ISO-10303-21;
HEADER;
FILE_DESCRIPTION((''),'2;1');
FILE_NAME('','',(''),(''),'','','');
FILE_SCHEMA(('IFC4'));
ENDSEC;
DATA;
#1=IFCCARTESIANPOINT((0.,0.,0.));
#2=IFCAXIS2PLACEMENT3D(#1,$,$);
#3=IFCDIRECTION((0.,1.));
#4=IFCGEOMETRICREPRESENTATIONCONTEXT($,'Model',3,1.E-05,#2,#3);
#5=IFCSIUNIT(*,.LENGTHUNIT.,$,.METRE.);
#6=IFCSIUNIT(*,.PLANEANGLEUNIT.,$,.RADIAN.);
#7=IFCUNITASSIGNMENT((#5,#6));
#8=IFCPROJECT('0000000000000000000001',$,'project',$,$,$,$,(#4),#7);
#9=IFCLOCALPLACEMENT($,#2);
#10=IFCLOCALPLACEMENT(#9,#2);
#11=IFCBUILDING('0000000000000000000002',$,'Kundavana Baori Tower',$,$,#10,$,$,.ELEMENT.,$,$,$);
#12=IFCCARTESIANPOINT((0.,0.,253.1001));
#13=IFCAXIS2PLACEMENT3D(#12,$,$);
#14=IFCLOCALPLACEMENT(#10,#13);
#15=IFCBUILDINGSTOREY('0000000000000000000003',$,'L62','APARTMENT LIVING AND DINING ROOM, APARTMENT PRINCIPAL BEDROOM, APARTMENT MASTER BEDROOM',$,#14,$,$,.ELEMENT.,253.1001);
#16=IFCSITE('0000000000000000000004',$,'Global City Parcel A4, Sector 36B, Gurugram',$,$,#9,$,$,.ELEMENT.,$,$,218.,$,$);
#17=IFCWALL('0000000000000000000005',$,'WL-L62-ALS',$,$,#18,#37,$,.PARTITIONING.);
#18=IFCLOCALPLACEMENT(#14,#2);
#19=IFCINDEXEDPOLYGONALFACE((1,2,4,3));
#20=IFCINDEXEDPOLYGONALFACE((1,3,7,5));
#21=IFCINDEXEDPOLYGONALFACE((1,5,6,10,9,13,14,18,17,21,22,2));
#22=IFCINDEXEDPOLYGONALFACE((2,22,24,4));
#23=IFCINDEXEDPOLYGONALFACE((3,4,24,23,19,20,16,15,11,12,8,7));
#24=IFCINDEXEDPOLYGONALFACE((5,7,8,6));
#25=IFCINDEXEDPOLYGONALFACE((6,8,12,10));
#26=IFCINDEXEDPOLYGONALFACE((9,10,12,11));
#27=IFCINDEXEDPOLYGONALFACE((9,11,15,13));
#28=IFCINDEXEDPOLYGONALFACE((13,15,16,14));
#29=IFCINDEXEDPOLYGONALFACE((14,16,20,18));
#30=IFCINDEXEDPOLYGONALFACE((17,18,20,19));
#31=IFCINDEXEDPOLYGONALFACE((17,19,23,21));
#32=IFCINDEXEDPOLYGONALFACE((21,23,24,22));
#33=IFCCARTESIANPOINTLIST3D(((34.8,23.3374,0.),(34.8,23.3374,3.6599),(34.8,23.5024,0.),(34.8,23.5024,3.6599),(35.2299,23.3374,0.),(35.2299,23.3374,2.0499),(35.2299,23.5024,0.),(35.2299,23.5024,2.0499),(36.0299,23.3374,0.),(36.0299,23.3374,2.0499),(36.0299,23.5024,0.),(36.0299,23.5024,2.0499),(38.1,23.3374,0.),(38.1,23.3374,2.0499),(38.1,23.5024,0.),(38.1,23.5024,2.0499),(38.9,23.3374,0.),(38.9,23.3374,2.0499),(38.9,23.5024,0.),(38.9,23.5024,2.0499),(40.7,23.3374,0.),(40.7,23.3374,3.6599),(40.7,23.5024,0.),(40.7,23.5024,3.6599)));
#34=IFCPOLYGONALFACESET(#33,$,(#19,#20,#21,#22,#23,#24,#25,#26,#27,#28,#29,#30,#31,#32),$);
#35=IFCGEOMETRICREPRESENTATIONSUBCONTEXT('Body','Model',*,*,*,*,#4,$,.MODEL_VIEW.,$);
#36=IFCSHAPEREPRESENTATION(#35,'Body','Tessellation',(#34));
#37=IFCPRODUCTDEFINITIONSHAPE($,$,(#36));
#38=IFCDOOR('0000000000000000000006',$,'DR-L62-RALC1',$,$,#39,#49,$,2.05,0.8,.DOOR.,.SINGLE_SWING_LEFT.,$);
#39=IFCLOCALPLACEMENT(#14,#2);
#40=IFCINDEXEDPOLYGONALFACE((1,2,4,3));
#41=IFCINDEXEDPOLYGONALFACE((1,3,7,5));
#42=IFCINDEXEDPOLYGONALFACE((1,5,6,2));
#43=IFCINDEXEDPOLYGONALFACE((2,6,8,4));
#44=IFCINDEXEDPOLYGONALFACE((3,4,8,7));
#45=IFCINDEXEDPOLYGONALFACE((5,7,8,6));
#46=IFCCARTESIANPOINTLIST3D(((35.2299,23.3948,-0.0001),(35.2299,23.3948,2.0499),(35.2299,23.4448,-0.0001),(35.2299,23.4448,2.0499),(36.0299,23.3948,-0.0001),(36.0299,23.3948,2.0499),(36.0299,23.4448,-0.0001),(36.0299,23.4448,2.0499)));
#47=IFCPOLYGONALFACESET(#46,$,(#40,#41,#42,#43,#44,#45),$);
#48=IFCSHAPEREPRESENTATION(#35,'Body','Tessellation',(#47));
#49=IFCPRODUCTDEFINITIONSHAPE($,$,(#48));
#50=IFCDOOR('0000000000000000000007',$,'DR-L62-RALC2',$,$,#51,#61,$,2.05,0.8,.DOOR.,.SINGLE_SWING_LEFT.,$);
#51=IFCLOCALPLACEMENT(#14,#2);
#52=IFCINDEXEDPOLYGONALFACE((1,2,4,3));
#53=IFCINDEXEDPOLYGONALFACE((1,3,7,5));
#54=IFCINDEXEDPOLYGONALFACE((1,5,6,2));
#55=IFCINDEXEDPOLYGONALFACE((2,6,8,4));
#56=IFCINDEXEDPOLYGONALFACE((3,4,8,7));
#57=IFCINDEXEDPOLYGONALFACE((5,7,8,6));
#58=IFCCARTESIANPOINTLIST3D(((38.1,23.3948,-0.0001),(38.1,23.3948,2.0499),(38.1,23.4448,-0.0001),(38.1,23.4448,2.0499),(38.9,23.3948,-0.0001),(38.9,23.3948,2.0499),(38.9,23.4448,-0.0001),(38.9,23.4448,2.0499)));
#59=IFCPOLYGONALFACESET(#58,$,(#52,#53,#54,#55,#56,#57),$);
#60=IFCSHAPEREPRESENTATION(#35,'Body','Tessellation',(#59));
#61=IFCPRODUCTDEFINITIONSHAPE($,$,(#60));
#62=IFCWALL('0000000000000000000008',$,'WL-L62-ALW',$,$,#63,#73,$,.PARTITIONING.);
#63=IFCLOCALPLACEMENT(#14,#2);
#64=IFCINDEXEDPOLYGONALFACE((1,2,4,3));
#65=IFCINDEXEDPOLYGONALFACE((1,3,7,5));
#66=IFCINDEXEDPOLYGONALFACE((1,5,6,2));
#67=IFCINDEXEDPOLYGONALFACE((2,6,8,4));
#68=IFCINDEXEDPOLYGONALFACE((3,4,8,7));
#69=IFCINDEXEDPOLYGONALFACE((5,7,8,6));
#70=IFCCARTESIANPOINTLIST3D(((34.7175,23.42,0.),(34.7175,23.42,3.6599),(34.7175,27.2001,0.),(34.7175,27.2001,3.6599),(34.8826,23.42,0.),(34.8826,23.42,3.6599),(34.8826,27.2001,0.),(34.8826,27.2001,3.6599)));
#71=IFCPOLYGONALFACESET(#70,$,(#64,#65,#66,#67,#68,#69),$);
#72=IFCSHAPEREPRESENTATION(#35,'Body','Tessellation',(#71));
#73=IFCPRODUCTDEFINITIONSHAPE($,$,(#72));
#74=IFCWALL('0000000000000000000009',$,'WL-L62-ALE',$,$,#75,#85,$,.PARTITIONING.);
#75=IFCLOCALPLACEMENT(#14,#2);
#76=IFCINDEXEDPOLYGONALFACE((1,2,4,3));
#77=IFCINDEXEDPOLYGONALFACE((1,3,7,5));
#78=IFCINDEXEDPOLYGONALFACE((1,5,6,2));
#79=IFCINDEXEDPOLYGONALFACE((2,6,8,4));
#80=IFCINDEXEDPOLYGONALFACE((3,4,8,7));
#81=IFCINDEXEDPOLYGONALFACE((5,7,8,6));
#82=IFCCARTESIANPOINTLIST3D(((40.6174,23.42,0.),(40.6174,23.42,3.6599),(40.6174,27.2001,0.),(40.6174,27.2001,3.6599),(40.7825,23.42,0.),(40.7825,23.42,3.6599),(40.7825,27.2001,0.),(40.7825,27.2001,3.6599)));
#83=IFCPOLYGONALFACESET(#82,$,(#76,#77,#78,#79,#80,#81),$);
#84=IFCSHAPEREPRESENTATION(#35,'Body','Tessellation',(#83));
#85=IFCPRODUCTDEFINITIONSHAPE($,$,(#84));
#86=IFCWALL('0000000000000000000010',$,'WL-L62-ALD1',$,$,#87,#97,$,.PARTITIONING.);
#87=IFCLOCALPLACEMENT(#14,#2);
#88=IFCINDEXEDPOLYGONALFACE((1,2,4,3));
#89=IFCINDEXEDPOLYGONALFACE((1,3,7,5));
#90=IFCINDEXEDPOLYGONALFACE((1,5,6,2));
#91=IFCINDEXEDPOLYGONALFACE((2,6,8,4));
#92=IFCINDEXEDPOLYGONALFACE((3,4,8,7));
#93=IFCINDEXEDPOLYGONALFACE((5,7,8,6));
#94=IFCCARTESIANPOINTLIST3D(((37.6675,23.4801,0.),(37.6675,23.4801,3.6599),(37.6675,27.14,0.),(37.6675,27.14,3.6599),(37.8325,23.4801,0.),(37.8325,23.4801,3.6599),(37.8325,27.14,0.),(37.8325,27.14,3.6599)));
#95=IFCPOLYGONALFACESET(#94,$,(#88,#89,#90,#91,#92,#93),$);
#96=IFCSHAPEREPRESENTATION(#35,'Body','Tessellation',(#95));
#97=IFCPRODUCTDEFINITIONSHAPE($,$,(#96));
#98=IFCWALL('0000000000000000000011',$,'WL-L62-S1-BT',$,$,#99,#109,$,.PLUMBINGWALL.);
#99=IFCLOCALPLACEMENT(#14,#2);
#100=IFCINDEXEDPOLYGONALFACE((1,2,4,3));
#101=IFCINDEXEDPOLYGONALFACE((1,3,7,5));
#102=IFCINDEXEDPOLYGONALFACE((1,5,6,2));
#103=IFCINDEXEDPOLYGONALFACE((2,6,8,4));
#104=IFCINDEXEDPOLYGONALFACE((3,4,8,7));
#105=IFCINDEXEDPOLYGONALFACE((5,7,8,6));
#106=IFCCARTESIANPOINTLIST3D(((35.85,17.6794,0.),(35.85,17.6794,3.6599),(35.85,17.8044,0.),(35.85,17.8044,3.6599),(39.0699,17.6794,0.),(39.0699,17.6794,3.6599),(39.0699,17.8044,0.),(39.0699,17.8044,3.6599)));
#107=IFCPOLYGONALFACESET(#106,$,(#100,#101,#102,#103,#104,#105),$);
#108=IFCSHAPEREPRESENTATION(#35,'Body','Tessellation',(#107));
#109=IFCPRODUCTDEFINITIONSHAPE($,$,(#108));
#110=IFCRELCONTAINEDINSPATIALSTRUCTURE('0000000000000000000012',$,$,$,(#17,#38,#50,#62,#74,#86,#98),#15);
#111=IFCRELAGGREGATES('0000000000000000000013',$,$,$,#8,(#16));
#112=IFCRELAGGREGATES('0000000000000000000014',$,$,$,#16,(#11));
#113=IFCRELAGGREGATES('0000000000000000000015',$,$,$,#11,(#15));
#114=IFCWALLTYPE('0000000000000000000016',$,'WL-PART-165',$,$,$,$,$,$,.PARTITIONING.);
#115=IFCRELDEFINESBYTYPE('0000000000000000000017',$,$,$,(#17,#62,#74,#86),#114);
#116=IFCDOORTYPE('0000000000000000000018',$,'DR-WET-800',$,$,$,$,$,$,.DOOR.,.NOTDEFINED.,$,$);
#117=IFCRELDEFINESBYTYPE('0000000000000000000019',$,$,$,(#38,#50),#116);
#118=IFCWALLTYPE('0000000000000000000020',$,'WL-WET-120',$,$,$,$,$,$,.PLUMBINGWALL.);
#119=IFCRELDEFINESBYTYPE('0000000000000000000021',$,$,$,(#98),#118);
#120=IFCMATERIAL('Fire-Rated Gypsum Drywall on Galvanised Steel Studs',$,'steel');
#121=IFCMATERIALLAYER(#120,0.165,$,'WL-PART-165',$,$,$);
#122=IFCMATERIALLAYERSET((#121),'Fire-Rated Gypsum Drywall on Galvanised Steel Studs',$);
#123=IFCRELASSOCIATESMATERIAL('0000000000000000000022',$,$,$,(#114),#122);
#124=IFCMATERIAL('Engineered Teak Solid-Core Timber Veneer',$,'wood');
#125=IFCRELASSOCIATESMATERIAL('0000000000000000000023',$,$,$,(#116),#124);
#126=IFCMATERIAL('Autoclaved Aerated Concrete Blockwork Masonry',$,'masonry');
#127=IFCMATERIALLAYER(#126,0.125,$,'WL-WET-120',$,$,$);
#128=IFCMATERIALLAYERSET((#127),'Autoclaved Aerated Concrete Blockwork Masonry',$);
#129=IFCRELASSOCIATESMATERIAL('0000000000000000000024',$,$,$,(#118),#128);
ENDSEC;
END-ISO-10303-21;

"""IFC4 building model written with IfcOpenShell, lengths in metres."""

from ifc_helpers import new_model, si_unit, direction, frame, frame_2d, origin, place, context, subcontext, project, spatial, rectangle, extrude, material, layer, layer_set, type_object, element, fill, save


model = new_model("IFC4")

# Units and contexts
model_context = context("Model", 3, precision=1e-05, world=origin(), true_north=direction((0.0, 1.0)))
body_context = subcontext(model_context, "Body", "Model", "MODEL_VIEW")
ifc_project = project(units=[si_unit("LENGTHUNIT", "METRE"), si_unit("PLANEANGLEUNIT", "RADIAN")], contexts=[model_context])

# Site, building, storey
site_placement = place(None, origin())
site = spatial("IfcSite", under=ifc_project, at=site_placement, Name="Global City Parcel A4, Sector 36B, Gurugram", CompositionType="ELEMENT", RefElevation=218.0)
building_placement = place(site_placement, origin())
building = spatial("IfcBuilding", under=site, at=building_placement, Name="Kundavana Baori Tower", CompositionType="ELEMENT")
storey_placement = place(building_placement, frame((0.0, 0.0, 253.1001)))
storey = spatial("IfcBuildingStorey", under=building, at=storey_placement, Name="L62", Description="APARTMENT LIVING AND DINING ROOM, APARTMENT PRINCIPAL BEDROOM, APARTMENT MASTER BEDROOM", CompositionType="ELEMENT", Elevation=253.1001)

# Shared definitions
ifc_material_1 = material(Name="Fire-Rated Gypsum Drywall on Galvanised Steel Studs", Category="steel")
ifc_layer_1 = layer(ifc_material_1, 0.165, Name="WL-PART-165")
ifc_layer_set_1 = layer_set([ifc_layer_1], Name="Fire-Rated Gypsum Drywall on Galvanised Steel Studs")
wall_type_1 = type_object("IfcWallType", Name="WL-PART-165", PredefinedType="PARTITIONING", material=ifc_layer_set_1)

# Wall, openings, doors
wall_1_placement = place(storey_placement, frame((34.8, 23.4199, 0.0), z_axis=(0.0, 0.0, 1.0), x_axis=(1.0, 0.0, 0.0)))
wall_1 = element("IfcWall", 1, at=wall_1_placement, inside=storey, type_object=wall_type_1, Name="WL-L62-ALS", PredefinedType="PARTITIONING", context=body_context, shape_type="SweptSolid", body=[
    extrude(rectangle(XDim=5.8999, YDim=0.165, at=frame_2d((2.95, 0.0))), origin(), (0.0, 0.0, 1.0), 3.6599),
])
opening_1_placement = place(wall_1_placement, frame((0.4299, 0.0, 0.0)))
opening_1 = element("IfcOpeningElement", 2, at=opening_1_placement, cuts=wall_1, PredefinedType="OPENING", context=body_context, shape_type="SweptSolid", body=[
    extrude(rectangle(XDim=0.8, YDim=2.05, at=frame_2d((0.3999, 1.0249))), frame((0.0, 0.0925, 0.0), z_axis=(0.0, -1.0, 0.0), x_axis=(1.0, 0.0, 0.0)), (0.0, 0.0, 1.0), 0.1851),
])
opening_2_placement = place(wall_1_placement, frame((3.3, 0.0, 0.0)))
opening_2 = element("IfcOpeningElement", 3, at=opening_2_placement, cuts=wall_1, PredefinedType="OPENING", context=body_context, shape_type="SweptSolid", body=[
    extrude(rectangle(XDim=0.8, YDim=2.05, at=frame_2d((0.3999, 1.0249))), frame((0.0, 0.0925, 0.0), z_axis=(0.0, -1.0, 0.0), x_axis=(1.0, 0.0, 0.0)), (0.0, 0.0, 1.0), 0.1851),
])
ifc_material_2 = material(Name="Engineered Teak Solid-Core Timber Veneer", Category="wood")
door_type_1 = type_object("IfcDoorType", Name="DR-WET-800", OperationType="NOTDEFINED", PredefinedType="DOOR", material=ifc_material_2)
door_1_placement = place(opening_1_placement, origin())
door_1 = element("IfcDoor", 4, at=door_1_placement, inside=storey, type_object=door_type_1, Name="DR-L62-RALC1", OperationType="SINGLE_SWING_LEFT", OverallHeight=2.05, OverallWidth=0.8, PredefinedType="DOOR", context=body_context, shape_type="SweptSolid", body=[
    extrude(rectangle(XDim=0.8, YDim=2.05, at=frame_2d((0.3999, 1.0249))), frame((0.0, 0.0249, 0.0), z_axis=(0.0, -1.0, 0.0), x_axis=(1.0, 0.0, 0.0)), (0.0, 0.0, 1.0), 0.05),
])
fill(opening_1, door_1)
door_2_placement = place(opening_2_placement, origin())
door_2 = element("IfcDoor", 5, at=door_2_placement, inside=storey, type_object=door_type_1, Name="DR-L62-RALC2", OperationType="SINGLE_SWING_LEFT", OverallHeight=2.05, OverallWidth=0.8, PredefinedType="DOOR", context=body_context, shape_type="SweptSolid", body=[
    extrude(rectangle(XDim=0.8, YDim=2.05, at=frame_2d((0.3999, 1.0249))), frame((0.0, 0.0249, 0.0), z_axis=(0.0, -1.0, 0.0), x_axis=(1.0, 0.0, 0.0)), (0.0, 0.0, 1.0), 0.05),
])
fill(opening_2, door_2)

# Walls
for number, where, z_axis, x_axis, name in (
    (6, (34.8, 23.4199, 0.0), (0.0, 0.0, 1.0), (0.0, 1.0, 0.0), "WL-L62-ALW"),
    (7, (40.7, 23.4199, 0.0), (0.0, 0.0, 1.0), (0.0, 1.0, 0.0), "WL-L62-ALE"),
):
    element("IfcWall", number, at=place(storey_placement, frame(where, z_axis=z_axis, x_axis=x_axis)), inside=storey, type_object=wall_type_1, Name=name, PredefinedType="PARTITIONING", context=body_context, shape_type="SweptSolid", body=[
        extrude(rectangle(XDim=3.78, YDim=0.165, at=frame_2d((1.8901, 0.0))), origin(), (0.0, 0.0, 1.0), 3.6599),
    ])
wall_2_placement = place(storey_placement, frame((37.75, 23.48, 0.0), z_axis=(0.0, 0.0, 1.0), x_axis=(0.0, 1.0, 0.0)))
element("IfcWall", 8, at=wall_2_placement, inside=storey, type_object=wall_type_1, Name="WL-L62-ALD1", PredefinedType="PARTITIONING", context=body_context, shape_type="SweptSolid", body=[
    extrude(rectangle(XDim=3.6599, YDim=0.165, at=frame_2d((1.8301, 0.0))), origin(), (0.0, 0.0, 1.0), 3.6599),
])
ifc_material_3 = material(Name="Autoclaved Aerated Concrete Blockwork Masonry", Category="masonry")
ifc_layer_2 = layer(ifc_material_3, 0.125, Name="WL-WET-120")
ifc_layer_set_2 = layer_set([ifc_layer_2], Name="Autoclaved Aerated Concrete Blockwork Masonry")
wall_type_2 = type_object("IfcWallType", Name="WL-WET-120", PredefinedType="PLUMBINGWALL", material=ifc_layer_set_2)
wall_3_placement = place(storey_placement, frame((35.8501, 17.7419, 0.0), z_axis=(0.0, 0.0, 1.0), x_axis=(1.0, 0.0, 0.0)))
element("IfcWall", 9, at=wall_3_placement, inside=storey, type_object=wall_type_2, Name="WL-L62-S1-BT", PredefinedType="PLUMBINGWALL", context=body_context, shape_type="SweptSolid", body=[
    extrude(rectangle(XDim=3.22, YDim=0.125, at=frame_2d((1.6099, 0.0))), origin(), (0.0, 0.0, 1.0), 3.6599),
])

save(model, "model.ifc")
